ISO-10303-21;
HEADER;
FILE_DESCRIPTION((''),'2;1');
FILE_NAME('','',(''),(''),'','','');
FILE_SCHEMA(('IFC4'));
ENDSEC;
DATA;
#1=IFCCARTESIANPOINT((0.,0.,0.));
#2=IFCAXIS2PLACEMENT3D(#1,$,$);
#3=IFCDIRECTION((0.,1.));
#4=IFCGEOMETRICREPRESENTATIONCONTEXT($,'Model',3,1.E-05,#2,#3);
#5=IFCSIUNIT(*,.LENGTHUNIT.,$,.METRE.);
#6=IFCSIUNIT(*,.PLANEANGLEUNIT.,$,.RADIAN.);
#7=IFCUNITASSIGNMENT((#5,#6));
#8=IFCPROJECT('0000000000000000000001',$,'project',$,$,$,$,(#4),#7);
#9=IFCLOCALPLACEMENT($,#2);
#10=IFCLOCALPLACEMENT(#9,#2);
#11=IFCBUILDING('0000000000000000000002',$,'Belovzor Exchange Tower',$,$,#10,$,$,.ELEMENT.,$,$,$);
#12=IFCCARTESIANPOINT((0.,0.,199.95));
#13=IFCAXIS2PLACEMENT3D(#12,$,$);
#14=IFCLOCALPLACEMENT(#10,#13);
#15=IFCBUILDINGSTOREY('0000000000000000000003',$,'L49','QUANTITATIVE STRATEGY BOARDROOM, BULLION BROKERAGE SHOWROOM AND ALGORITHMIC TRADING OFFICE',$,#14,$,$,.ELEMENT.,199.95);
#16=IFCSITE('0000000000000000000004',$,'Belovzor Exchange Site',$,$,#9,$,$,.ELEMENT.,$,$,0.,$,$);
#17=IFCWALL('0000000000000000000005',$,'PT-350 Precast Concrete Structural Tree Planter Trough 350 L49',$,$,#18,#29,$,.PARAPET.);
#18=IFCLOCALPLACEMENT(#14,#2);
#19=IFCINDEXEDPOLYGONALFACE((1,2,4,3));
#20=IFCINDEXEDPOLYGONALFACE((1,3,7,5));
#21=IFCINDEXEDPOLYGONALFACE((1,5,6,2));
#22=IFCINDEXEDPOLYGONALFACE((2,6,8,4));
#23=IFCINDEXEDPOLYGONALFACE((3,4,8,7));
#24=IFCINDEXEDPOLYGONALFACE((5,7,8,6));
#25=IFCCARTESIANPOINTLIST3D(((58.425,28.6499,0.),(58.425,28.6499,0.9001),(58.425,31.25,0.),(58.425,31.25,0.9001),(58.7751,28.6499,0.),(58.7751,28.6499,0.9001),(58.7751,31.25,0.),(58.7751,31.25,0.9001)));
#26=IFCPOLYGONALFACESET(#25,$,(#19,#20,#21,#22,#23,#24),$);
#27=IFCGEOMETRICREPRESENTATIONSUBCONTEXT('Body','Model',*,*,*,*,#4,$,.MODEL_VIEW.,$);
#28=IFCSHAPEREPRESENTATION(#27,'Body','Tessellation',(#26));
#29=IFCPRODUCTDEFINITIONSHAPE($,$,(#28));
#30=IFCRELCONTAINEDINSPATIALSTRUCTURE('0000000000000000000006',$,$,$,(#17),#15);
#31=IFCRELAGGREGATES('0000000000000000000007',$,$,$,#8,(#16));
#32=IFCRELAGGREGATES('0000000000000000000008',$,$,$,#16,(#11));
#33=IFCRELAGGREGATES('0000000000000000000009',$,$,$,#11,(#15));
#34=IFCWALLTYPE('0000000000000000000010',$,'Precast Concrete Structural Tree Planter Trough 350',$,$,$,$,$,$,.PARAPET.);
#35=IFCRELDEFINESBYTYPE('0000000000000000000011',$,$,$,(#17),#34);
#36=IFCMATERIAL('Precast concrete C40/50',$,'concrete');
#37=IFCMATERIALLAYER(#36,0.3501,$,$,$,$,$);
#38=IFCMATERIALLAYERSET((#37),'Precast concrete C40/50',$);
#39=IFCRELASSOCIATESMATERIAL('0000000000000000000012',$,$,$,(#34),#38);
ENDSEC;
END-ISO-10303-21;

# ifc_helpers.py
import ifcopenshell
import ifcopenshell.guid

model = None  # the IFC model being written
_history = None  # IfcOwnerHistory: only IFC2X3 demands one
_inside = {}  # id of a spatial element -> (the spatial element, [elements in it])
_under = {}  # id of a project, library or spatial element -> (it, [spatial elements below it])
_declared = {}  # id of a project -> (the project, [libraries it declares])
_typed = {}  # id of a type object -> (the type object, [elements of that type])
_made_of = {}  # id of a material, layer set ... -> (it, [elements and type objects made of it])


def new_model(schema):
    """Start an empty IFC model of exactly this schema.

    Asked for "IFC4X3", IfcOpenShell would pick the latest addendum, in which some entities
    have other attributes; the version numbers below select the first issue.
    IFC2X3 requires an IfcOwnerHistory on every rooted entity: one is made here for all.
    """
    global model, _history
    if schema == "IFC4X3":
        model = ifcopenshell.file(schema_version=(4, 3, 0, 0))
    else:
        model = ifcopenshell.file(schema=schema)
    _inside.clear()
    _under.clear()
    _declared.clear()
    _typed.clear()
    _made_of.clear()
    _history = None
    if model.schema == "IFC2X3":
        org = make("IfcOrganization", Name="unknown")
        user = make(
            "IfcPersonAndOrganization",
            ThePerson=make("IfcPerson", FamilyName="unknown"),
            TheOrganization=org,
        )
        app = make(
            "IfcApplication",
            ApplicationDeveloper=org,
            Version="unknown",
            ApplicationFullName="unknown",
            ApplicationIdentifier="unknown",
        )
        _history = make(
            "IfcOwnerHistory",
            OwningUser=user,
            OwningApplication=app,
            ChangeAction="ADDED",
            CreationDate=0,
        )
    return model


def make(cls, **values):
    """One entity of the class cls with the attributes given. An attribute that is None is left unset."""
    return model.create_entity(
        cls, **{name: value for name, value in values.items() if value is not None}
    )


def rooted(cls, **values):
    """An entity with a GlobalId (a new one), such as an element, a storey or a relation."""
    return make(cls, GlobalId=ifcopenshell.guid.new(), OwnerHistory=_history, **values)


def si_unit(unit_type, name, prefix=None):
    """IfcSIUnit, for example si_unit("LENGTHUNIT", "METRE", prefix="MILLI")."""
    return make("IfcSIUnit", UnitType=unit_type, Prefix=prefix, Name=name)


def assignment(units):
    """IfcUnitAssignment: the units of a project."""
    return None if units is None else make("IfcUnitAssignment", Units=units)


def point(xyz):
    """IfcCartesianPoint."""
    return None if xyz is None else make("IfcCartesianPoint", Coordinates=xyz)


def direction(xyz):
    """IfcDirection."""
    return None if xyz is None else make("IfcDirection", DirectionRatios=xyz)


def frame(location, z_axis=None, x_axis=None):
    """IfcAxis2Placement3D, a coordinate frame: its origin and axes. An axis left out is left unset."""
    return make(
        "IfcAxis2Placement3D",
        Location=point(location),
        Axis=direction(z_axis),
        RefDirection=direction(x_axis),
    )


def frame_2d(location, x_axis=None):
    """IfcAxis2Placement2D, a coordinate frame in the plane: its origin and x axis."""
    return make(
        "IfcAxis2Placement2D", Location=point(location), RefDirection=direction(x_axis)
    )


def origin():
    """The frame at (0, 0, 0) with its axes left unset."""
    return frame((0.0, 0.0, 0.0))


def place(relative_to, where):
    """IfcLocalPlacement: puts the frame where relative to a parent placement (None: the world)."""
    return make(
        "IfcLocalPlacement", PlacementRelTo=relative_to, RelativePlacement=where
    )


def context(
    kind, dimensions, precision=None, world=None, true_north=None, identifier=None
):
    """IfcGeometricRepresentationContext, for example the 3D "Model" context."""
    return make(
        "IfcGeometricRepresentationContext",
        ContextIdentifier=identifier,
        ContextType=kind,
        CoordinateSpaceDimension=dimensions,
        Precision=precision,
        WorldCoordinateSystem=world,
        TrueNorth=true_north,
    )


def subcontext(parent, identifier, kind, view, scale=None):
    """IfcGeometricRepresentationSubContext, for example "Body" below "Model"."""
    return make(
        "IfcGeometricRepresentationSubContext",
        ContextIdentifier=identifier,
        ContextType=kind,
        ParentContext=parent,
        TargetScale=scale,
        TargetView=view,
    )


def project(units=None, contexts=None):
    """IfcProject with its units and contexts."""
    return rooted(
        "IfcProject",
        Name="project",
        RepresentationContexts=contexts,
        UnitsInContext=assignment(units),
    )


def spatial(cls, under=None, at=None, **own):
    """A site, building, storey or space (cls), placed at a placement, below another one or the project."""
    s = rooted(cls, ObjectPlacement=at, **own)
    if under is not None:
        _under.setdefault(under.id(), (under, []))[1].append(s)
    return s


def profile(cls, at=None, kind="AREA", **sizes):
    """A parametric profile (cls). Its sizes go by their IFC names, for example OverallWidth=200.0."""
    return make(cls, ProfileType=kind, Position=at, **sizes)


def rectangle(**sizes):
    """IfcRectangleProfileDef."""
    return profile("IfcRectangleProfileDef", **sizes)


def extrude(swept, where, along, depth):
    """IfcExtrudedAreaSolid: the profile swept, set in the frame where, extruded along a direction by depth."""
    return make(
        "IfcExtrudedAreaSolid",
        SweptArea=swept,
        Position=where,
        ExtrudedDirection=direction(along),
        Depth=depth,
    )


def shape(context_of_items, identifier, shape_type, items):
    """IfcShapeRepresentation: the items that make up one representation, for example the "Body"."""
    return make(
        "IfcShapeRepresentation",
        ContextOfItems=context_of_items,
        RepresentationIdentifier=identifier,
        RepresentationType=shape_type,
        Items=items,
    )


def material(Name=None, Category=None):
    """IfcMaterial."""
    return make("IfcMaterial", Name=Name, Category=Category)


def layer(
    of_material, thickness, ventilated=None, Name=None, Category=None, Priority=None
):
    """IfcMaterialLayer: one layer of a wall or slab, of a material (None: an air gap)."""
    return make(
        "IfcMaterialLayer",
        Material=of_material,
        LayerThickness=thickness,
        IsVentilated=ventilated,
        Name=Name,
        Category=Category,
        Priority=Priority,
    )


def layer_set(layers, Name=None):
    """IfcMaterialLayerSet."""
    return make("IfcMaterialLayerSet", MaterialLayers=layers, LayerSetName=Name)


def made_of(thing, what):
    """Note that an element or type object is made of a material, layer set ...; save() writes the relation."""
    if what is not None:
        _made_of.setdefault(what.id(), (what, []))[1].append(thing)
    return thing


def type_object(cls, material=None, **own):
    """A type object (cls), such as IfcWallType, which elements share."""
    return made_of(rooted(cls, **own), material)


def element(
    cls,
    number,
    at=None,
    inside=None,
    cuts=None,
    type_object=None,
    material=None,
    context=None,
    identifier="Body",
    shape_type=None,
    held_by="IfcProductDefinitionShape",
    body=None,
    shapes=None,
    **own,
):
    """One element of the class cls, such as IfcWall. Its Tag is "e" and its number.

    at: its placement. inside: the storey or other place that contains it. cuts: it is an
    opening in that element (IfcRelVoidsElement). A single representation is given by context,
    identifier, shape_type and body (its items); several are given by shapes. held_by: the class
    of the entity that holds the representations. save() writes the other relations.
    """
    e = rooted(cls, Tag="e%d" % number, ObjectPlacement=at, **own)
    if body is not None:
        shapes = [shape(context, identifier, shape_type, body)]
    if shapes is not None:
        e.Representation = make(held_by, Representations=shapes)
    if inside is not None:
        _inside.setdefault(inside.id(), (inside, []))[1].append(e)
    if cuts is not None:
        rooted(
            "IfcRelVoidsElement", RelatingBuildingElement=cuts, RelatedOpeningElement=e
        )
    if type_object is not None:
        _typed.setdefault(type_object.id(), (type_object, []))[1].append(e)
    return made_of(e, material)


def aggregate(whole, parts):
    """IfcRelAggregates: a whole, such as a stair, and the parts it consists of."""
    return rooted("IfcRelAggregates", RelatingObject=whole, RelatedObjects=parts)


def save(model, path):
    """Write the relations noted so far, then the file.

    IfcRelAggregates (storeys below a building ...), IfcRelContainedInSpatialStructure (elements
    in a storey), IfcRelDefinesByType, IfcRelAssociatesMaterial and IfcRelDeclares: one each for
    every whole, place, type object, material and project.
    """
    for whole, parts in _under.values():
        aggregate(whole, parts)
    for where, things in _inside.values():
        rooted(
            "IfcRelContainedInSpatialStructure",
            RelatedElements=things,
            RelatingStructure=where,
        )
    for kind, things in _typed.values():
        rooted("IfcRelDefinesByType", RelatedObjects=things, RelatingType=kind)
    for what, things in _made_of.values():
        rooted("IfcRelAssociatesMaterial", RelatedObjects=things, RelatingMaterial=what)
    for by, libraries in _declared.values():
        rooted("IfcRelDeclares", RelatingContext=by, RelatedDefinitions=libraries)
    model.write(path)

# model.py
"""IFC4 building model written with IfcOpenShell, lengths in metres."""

from ifc_helpers import new_model, si_unit, direction, frame, frame_2d, origin, place, context, subcontext, project, spatial, rectangle, extrude, material, layer, layer_set, type_object, element, save


model = new_model("IFC4")

# Units and contexts
model_context = context("Model", 3, precision=1e-05, world=origin(), true_north=direction((0.0, 1.0)))
body_context = subcontext(model_context, "Body", "Model", "MODEL_VIEW")
ifc_project = project(units=[si_unit("LENGTHUNIT", "METRE"), si_unit("PLANEANGLEUNIT", "RADIAN")], contexts=[model_context])

# Site, building, storey
site_placement = place(None, origin())
site = spatial("IfcSite", under=ifc_project, at=site_placement, Name="Belovzor Exchange Site", CompositionType="ELEMENT", RefElevation=0.0)
building_placement = place(site_placement, origin())
building = spatial("IfcBuilding", under=site, at=building_placement, Name="Belovzor Exchange Tower", CompositionType="ELEMENT")
storey_placement = place(building_placement, frame((0.0, 0.0, 199.95)))
storey = spatial("IfcBuildingStorey", under=building, at=storey_placement, Name="L49", Description="QUANTITATIVE STRATEGY BOARDROOM, BULLION BROKERAGE SHOWROOM AND ALGORITHMIC TRADING OFFICE", CompositionType="ELEMENT", Elevation=199.95)

# Wall
ifc_material_1 = material(Name="Precast concrete C40/50", Category="concrete")
ifc_layer_1 = layer(ifc_material_1, 0.3501)
ifc_layer_set_1 = layer_set([ifc_layer_1], Name="Precast concrete C40/50")
wall_type_1 = type_object("IfcWallType", Name="Precast Concrete Structural Tree Planter Trough 350", PredefinedType="PARAPET", material=ifc_layer_set_1)
wall_1_placement = place(storey_placement, frame((58.6001, 28.6499, 0.0), z_axis=(0.0, 0.0, 1.0), x_axis=(0.0, 1.0, 0.0)))
element("IfcWall", 1, at=wall_1_placement, inside=storey, type_object=wall_type_1, Name="PT-350 Precast Concrete Structural Tree Planter Trough 350 L49", PredefinedType="PARAPET", context=body_context, shape_type="SweptSolid", body=[
    extrude(rectangle(XDim=2.6001, YDim=0.3501, at=frame_2d((1.3, 0.0))), origin(), (0.0, 0.0, 1.0), 0.9001),
])

save(model, "model.ifc")
